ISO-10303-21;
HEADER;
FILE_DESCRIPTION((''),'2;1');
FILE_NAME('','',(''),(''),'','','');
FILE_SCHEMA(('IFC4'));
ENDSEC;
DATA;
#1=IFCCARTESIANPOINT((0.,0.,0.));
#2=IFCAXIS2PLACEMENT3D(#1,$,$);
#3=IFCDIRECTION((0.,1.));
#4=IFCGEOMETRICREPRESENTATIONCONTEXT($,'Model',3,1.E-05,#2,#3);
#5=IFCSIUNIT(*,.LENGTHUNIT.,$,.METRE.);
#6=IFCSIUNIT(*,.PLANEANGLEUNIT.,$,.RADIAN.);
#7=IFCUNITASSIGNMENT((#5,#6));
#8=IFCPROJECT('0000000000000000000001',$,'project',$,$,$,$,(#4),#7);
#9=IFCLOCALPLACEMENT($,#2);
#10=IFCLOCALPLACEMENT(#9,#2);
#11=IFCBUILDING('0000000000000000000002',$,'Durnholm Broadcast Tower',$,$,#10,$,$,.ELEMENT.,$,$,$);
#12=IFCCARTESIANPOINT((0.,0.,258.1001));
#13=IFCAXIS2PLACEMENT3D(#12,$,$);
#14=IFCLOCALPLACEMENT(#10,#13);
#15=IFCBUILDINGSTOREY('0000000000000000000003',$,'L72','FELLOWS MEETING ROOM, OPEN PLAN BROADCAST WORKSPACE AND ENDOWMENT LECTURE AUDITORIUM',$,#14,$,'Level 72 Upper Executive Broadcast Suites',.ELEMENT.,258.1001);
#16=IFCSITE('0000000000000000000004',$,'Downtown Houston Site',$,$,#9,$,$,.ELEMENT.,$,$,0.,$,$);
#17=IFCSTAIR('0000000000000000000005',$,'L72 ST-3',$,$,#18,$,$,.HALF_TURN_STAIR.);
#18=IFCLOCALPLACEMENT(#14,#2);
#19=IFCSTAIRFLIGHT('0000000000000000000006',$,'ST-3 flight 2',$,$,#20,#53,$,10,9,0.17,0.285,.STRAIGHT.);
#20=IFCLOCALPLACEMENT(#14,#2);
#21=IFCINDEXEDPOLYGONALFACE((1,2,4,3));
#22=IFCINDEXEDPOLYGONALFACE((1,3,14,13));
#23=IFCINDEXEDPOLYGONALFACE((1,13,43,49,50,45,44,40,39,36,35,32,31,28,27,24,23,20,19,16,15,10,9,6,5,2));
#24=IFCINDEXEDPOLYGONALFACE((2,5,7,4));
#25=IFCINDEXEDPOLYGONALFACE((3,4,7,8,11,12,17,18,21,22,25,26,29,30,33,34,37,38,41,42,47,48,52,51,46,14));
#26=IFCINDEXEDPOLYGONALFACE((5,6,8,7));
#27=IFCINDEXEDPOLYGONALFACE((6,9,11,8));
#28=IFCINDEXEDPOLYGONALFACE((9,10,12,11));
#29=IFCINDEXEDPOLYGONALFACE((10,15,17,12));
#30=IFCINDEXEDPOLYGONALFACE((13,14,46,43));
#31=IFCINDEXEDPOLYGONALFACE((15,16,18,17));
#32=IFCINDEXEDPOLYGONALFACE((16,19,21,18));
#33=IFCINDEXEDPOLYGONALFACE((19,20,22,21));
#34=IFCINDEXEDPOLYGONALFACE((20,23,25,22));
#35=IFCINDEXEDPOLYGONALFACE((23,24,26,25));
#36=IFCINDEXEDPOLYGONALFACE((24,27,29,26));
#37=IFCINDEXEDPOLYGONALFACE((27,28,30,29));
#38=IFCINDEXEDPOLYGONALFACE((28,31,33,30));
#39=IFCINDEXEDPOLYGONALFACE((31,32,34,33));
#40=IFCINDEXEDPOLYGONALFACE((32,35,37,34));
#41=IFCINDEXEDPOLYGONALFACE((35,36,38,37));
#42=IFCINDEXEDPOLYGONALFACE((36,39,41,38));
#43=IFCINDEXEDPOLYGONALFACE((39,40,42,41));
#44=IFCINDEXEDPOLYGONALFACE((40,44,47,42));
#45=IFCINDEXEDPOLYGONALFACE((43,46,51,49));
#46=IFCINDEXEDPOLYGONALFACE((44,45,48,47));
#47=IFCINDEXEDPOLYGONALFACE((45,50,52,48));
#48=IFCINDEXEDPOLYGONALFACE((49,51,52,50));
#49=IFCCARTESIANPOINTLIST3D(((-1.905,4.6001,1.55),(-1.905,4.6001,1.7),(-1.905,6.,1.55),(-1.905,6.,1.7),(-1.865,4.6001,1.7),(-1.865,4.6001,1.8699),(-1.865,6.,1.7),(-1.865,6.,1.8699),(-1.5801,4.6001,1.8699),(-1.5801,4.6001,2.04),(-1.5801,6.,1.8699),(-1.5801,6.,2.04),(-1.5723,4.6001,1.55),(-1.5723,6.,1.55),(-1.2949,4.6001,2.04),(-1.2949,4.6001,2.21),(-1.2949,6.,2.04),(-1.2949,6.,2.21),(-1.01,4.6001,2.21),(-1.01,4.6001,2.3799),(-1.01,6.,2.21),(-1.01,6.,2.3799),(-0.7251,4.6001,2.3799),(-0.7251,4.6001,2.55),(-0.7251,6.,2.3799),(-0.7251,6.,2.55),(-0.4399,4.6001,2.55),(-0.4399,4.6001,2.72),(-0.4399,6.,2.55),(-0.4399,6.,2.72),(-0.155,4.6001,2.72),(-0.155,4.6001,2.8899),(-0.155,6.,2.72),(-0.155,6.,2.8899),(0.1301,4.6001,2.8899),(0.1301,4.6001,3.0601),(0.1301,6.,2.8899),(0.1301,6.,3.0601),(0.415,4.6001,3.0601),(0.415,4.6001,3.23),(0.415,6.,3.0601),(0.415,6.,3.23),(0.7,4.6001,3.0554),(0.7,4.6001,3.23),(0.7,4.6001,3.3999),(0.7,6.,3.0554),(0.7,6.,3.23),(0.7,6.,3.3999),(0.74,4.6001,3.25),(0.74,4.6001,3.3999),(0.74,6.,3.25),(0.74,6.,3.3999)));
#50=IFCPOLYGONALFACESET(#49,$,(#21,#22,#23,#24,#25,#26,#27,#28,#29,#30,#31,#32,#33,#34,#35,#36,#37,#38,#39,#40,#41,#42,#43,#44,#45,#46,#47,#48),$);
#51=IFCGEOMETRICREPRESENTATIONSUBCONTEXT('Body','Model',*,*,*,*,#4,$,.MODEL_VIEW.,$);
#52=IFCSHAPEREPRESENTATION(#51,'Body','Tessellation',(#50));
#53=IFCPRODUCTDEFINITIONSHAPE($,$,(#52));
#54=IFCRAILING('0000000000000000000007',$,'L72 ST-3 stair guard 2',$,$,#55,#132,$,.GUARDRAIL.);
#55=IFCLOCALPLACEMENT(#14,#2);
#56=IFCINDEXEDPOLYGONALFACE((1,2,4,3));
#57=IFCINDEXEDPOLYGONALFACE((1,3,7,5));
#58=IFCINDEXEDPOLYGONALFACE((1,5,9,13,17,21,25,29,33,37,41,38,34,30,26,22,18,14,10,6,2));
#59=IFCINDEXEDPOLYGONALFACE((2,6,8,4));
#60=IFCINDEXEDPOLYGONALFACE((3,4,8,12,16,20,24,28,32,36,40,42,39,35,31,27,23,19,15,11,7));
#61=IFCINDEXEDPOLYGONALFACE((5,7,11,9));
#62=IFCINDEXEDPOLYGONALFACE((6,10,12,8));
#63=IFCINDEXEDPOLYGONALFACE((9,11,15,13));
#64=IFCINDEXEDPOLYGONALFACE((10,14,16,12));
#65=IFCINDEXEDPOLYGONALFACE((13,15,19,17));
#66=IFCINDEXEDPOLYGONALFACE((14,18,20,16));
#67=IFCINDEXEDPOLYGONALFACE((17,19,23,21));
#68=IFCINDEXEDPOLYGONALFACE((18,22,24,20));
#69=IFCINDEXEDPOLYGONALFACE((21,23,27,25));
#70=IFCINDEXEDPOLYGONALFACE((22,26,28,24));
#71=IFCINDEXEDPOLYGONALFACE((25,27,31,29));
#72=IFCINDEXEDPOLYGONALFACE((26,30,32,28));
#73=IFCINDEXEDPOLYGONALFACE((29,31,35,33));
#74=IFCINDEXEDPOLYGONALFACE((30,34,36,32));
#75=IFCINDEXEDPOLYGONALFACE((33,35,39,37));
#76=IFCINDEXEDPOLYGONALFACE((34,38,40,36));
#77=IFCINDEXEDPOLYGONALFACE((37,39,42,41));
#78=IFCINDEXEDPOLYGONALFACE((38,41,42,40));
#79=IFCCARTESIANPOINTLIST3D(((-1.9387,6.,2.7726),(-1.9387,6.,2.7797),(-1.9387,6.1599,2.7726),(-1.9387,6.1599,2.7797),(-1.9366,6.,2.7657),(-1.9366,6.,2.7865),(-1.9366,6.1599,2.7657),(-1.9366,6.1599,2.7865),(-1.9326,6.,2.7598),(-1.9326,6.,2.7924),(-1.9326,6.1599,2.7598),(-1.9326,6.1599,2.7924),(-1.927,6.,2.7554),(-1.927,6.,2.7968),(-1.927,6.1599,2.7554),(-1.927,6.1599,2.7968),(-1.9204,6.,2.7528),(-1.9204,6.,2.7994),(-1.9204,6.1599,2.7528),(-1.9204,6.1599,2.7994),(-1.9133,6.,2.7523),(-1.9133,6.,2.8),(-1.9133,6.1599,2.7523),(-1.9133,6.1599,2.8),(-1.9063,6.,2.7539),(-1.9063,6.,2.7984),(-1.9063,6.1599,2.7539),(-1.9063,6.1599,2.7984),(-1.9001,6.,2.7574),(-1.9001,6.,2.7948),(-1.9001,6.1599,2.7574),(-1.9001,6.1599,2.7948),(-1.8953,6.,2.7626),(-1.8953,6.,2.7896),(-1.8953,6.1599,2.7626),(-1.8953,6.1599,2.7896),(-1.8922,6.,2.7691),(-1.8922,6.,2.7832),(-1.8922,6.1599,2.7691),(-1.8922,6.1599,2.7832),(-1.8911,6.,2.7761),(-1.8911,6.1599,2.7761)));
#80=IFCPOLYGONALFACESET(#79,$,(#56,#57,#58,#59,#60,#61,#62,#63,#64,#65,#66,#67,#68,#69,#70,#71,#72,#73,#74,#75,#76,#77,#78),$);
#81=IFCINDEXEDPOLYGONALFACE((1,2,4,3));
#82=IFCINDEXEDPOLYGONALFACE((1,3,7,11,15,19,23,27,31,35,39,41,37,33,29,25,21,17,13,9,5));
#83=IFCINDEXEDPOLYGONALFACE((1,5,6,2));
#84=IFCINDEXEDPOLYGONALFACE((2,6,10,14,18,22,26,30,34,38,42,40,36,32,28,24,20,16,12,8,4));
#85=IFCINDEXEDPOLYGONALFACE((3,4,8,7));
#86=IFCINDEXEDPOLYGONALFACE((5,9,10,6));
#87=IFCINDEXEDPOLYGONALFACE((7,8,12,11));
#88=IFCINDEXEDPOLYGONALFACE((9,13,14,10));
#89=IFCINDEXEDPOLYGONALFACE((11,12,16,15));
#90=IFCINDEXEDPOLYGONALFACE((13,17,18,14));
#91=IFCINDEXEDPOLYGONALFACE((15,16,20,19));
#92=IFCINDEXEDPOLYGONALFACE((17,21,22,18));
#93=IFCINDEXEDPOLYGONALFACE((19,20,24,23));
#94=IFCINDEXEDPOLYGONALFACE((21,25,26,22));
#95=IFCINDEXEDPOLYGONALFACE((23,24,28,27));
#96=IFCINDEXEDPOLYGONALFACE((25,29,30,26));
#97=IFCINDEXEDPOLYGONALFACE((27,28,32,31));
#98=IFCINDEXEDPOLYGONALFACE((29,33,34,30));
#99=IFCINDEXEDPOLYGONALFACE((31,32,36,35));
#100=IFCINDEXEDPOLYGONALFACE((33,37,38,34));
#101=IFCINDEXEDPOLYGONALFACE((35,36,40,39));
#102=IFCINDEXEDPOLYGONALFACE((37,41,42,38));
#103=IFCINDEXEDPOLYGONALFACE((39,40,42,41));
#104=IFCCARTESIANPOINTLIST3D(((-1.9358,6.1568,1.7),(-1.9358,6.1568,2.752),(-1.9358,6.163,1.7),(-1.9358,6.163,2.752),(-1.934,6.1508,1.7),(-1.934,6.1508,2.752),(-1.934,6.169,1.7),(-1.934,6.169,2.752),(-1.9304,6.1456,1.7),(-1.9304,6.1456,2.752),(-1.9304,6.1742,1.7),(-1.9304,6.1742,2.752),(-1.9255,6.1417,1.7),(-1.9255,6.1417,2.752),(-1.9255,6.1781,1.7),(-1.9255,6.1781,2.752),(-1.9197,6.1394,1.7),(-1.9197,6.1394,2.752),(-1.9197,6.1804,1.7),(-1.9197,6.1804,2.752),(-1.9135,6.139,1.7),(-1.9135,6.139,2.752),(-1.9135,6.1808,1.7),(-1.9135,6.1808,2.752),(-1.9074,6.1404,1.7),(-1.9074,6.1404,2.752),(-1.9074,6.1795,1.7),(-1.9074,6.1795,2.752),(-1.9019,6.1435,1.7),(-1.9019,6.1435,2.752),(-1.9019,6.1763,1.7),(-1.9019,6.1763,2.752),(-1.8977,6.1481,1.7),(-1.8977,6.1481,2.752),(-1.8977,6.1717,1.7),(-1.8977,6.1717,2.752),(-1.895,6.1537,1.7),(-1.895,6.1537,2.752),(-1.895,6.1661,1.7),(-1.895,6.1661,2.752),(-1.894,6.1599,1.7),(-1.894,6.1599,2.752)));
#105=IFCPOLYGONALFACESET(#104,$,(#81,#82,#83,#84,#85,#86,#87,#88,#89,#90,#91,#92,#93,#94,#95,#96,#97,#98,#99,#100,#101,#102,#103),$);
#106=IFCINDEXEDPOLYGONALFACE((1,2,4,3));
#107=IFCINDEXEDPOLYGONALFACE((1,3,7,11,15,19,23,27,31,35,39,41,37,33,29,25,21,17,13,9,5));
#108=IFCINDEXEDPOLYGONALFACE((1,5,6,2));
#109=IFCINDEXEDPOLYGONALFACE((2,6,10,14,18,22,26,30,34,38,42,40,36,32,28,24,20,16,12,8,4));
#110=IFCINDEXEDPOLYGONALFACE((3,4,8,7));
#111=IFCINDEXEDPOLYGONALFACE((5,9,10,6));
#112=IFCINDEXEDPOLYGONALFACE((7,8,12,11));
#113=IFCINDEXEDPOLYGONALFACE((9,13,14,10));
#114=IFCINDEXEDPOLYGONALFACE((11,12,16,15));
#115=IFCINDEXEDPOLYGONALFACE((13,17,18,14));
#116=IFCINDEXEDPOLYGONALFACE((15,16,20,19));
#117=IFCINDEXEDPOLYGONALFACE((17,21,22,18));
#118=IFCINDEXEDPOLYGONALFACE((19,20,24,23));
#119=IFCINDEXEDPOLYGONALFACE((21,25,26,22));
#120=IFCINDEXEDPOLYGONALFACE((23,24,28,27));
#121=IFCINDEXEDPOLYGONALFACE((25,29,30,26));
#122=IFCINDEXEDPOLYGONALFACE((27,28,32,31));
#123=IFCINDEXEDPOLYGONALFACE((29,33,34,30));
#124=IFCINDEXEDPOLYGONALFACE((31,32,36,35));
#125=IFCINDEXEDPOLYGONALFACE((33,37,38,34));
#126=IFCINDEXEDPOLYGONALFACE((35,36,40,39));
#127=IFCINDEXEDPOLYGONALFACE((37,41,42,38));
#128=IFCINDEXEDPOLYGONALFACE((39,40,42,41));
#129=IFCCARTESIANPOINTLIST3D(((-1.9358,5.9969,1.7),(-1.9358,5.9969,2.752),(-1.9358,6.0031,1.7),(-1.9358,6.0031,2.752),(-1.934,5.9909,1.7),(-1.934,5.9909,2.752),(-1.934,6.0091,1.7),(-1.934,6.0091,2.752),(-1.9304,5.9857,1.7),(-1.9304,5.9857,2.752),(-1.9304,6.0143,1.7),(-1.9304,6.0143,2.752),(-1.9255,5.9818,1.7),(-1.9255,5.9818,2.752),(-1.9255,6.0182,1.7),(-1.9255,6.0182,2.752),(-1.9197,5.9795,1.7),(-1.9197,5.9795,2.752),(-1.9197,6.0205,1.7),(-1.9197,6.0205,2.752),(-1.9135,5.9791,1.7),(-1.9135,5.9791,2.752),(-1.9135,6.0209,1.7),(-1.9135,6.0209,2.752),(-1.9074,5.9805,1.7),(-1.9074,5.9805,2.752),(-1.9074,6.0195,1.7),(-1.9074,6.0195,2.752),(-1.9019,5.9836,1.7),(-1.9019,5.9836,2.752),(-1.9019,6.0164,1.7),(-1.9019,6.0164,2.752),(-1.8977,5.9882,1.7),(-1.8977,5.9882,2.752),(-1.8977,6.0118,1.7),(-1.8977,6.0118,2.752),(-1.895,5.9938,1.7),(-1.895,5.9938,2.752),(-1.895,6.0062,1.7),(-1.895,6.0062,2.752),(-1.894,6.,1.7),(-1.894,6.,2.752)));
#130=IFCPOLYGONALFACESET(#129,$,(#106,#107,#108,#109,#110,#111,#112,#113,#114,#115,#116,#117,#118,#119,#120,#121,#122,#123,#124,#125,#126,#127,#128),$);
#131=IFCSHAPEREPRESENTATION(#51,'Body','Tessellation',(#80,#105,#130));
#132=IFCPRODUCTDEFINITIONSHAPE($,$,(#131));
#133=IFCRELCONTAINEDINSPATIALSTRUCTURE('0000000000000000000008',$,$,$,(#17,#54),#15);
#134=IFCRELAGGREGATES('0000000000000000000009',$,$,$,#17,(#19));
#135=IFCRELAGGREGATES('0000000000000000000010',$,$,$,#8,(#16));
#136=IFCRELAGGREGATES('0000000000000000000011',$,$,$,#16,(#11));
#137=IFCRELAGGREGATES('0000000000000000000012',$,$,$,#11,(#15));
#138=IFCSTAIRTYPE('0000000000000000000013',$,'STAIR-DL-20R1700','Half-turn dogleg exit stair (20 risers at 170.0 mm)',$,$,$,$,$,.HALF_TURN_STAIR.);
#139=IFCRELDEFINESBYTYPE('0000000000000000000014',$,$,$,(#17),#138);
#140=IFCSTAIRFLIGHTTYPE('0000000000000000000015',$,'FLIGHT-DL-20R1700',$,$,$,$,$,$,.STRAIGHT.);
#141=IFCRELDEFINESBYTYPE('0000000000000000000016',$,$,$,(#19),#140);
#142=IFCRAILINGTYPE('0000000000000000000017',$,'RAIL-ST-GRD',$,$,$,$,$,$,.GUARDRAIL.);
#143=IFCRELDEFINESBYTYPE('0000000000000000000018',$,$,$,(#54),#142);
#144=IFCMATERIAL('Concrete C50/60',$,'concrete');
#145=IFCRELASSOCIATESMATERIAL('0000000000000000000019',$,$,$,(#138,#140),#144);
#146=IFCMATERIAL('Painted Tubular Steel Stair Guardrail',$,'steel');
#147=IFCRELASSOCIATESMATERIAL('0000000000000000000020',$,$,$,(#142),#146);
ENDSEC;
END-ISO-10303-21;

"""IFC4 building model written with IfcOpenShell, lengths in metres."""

from ifc_helpers import new_model, si_unit, direction, frame, origin, origin_2d, place, context, subcontext, project, spatial, polyline, circle, outline, extrude, material, type_object, element, aggregate, save


model = new_model("IFC4")

# Units and contexts
model_context = context("Model", 3, precision=1e-05, world=origin(), true_north=direction((0.0, 1.0)))
body_context = subcontext(model_context, "Body", "Model", "MODEL_VIEW")
ifc_project = project(units=[si_unit("LENGTHUNIT", "METRE"), si_unit("PLANEANGLEUNIT", "RADIAN")], contexts=[model_context])

# Site, building, storey
site_placement = place(None, origin())
site = spatial("IfcSite", under=ifc_project, at=site_placement, Name="Downtown Houston Site", CompositionType="ELEMENT", RefElevation=0.0)
building_placement = place(site_placement, origin())
building = spatial("IfcBuilding", under=site, at=building_placement, Name="Durnholm Broadcast Tower", CompositionType="ELEMENT")
storey_placement = place(building_placement, frame((0.0, 0.0, 258.1001)))
storey = spatial("IfcBuildingStorey", under=building, at=storey_placement, Name="L72", Description="FELLOWS MEETING ROOM, OPEN PLAN BROADCAST WORKSPACE AND ENDOWMENT LECTURE AUDITORIUM", LongName="Level 72 Upper Executive Broadcast Suites", CompositionType="ELEMENT", Elevation=258.1001)

# Shared definitions
ifc_material_1 = material(Name="Concrete C50/60", Category="concrete")

# Stair, stair flight
stair_type = type_object("IfcStairType", Name="STAIR-DL-20R1700", Description="Half-turn dogleg exit stair (20 risers at 170.0 mm)", PredefinedType="HALF_TURN_STAIR", material=ifc_material_1)
stair_placement = place(storey_placement, origin())
stair = element("IfcStair", 1, at=stair_placement, inside=storey, type_object=stair_type, Name="L72 ST-3", PredefinedType="HALF_TURN_STAIR")
stair_flight_type = type_object("IfcStairFlightType", Name="FLIGHT-DL-20R1700", PredefinedType="STRAIGHT", material=ifc_material_1)
stair_flight_placement = place(storey_placement, frame((-1.865, 5.3, 1.7), z_axis=(0.0, 0.0, 1.0), x_axis=(1.0, 0.0, 0.0)))
stair_flight = element("IfcStairFlight", 2, at=stair_flight_placement, type_object=stair_flight_type, Name="ST-3 flight 2", NumberOfRisers=10, NumberOfTreads=9, PredefinedType="STRAIGHT", RiserHeight=0.17, TreadLength=0.285, context=body_context, shape_type="SweptSolid", body=[
    extrude(outline(polyline([(-0.04, -0.1499), (-0.04, 0.0), (0.0, 0.0), (0.0, 0.1699), (0.2849, 0.1699), (0.2849, 0.3401), (0.5701, 0.3401), (0.5701, 0.51), (0.855, 0.51), (0.855, 0.6799), (1.1399, 0.6799), (1.1399, 0.8501), (1.425, 0.8501), (1.425, 1.02), (1.71, 1.02), (1.71, 1.1899), (1.9951, 1.1899), (1.9951, 1.3601), (2.28, 1.3601), (2.28, 1.53), (2.5649, 1.53), (2.5649, 1.7), (2.605, 1.7), (2.605, 1.55), (2.5649, 1.3555), (0.2927, -0.1499), (-0.04, -0.1499)])), frame((0.0, 0.7, 0.0), z_axis=(0.0, -1.0, 0.0), x_axis=(1.0, 0.0, 0.0)), (0.0, 0.0, 1.0), 1.3999),
])
aggregate(stair, [stair_flight])

# Railing
ifc_material_2 = material(Name="Painted Tubular Steel Stair Guardrail", Category="steel")
railing_type_1 = type_object("IfcRailingType", Name="RAIL-ST-GRD", PredefinedType="GUARDRAIL", material=ifc_material_2)
railing_1_placement = place(storey_placement, frame((-1.915, 6.1599, 1.7)))
element("IfcRailing", 3, at=railing_1_placement, inside=storey, type_object=railing_type_1, Name="L72 ST-3 stair guard 2", PredefinedType="GUARDRAIL", context=body_context, shape_type="SweptSolid", body=[
    extrude(circle(Radius=0.0239, at=origin_2d()), frame((0.0, 0.0, 1.0762), z_axis=(0.0, -1.0, 0.0), x_axis=(1.0, 0.0, 0.0)), (0.0, 0.0, 1.0), 0.1599),
    extrude(circle(Radius=0.021, at=origin_2d()), origin(), (0.0, 0.0, 1.0), 1.052),
    extrude(circle(Radius=0.021, at=origin_2d()), frame((0.0, -0.1599, 0.0)), (0.0, 0.0, 1.0), 1.052),
])

save(model, "model.ifc")
